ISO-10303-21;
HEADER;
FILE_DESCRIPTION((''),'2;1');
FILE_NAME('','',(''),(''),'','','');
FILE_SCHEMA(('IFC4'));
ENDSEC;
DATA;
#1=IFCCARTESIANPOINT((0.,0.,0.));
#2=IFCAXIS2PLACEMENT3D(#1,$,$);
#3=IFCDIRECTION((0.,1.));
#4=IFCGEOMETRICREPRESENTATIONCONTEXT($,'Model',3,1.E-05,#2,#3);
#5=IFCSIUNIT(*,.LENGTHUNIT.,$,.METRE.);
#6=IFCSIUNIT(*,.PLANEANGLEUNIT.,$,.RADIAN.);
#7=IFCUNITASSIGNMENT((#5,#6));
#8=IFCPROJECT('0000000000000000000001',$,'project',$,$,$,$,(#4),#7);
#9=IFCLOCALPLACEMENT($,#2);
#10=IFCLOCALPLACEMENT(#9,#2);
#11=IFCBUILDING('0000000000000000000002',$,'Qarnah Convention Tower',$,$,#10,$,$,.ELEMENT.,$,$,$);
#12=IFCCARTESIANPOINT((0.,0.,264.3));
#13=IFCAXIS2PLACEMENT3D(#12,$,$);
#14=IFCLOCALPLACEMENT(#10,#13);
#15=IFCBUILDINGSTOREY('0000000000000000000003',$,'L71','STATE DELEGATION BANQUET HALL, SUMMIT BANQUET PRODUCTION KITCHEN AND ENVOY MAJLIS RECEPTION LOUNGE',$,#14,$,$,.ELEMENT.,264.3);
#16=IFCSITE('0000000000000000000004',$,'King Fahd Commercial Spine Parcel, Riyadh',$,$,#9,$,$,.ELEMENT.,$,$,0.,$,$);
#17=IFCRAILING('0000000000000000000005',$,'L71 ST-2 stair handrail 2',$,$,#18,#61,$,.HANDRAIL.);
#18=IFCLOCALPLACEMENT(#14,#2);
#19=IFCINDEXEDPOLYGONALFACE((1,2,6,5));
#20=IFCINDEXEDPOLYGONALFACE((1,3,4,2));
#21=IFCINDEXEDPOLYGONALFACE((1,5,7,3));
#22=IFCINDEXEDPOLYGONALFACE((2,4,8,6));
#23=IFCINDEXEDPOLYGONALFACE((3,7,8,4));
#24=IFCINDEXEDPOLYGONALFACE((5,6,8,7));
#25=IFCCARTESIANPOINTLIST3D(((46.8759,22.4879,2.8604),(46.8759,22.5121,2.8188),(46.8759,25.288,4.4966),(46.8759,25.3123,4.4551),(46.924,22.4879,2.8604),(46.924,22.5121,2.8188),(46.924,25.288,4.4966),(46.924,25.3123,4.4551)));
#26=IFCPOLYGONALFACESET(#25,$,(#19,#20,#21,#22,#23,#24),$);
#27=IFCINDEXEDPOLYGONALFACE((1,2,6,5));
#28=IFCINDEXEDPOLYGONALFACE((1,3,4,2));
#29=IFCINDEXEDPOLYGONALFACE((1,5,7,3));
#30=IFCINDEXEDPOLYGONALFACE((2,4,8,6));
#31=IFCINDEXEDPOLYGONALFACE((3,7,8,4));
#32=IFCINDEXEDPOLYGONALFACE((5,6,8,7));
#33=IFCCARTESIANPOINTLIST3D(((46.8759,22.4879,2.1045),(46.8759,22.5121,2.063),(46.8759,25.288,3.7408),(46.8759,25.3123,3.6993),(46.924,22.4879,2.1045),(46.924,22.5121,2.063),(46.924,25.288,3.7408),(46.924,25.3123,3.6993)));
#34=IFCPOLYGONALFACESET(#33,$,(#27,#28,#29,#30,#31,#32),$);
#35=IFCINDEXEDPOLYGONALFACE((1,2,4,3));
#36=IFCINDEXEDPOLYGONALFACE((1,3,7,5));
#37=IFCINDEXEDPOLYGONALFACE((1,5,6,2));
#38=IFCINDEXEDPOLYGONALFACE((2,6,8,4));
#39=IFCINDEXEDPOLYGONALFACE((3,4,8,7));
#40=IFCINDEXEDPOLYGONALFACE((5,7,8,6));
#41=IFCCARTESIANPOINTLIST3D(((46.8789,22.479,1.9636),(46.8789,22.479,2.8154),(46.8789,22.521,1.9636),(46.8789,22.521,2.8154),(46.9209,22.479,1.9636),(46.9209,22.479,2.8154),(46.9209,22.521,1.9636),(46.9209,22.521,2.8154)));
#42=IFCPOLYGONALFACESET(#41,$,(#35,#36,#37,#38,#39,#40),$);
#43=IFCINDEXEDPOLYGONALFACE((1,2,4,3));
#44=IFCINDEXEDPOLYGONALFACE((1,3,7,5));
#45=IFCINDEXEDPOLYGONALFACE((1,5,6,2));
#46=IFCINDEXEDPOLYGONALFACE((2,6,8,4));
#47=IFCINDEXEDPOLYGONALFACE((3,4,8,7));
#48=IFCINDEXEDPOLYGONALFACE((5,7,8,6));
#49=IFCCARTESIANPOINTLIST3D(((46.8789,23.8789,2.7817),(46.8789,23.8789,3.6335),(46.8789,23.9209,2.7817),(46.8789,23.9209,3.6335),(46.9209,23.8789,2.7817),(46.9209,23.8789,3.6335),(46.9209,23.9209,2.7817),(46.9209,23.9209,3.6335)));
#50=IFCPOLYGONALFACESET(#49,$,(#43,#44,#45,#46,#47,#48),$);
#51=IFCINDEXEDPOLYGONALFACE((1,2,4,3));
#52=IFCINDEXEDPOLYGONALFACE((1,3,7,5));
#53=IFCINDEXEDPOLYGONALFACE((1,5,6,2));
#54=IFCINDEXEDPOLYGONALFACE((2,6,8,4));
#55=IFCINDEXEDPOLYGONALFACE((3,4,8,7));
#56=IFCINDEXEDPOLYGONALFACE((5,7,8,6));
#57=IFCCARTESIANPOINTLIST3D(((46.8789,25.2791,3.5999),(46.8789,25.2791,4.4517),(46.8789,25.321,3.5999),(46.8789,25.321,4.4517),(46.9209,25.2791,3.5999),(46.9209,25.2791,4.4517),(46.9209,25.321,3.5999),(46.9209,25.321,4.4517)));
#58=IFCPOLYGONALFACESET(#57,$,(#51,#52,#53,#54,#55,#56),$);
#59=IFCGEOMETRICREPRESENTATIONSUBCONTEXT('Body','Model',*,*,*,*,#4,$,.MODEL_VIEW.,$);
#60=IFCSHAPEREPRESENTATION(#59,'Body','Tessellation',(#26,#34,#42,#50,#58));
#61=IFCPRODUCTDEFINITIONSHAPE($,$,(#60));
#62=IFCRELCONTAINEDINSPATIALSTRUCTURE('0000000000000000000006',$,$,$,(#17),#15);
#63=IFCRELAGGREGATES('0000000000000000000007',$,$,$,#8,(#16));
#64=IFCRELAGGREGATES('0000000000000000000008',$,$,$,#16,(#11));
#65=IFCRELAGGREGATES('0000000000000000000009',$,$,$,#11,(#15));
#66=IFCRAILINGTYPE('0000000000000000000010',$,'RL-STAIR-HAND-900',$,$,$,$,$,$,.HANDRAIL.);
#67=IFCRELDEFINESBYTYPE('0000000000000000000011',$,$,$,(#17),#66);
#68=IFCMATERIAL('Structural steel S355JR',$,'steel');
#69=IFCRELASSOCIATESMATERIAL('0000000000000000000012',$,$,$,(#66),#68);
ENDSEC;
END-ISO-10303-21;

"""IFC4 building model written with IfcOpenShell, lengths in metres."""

from ifc_helpers import new_model, si_unit, direction, frame, origin, origin_2d, place, context, subcontext, project, spatial, rectangle, extrude, material, type_object, element, save


model = new_model("IFC4")

# Units and contexts
model_context = context("Model", 3, precision=1e-05, world=origin(), true_north=direction((0.0, 1.0)))
body_context = subcontext(model_context, "Body", "Model", "MODEL_VIEW")
ifc_project = project(units=[si_unit("LENGTHUNIT", "METRE"), si_unit("PLANEANGLEUNIT", "RADIAN")], contexts=[model_context])

# Site, building, storey
site_placement = place(None, origin())
site = spatial("IfcSite", under=ifc_project, at=site_placement, Name="King Fahd Commercial Spine Parcel, Riyadh", CompositionType="ELEMENT", RefElevation=0.0)
building_placement = place(site_placement, origin())
building = spatial("IfcBuilding", under=site, at=building_placement, Name="Qarnah Convention Tower", CompositionType="ELEMENT")
storey_placement = place(building_placement, frame((0.0, 0.0, 264.3)))
storey = spatial("IfcBuildingStorey", under=building, at=storey_placement, Name="L71", Description="STATE DELEGATION BANQUET HALL, SUMMIT BANQUET PRODUCTION KITCHEN AND ENVOY MAJLIS RECEPTION LOUNGE", CompositionType="ELEMENT", Elevation=264.3)

# Shared definitions
ifc_material_1 = material(Name="Structural steel S355JR", Category="steel")

# Railing
railing_type_1 = type_object("IfcRailingType", Name="RL-STAIR-HAND-900", PredefinedType="HANDRAIL", material=ifc_material_1)
railing_1_placement = place(storey_placement, frame((46.8999, 22.5, 1.9636)))
element("IfcRailing", 1, at=railing_1_placement, inside=storey, type_object=railing_type_1, Name="L71 ST-2 stair handrail 2", PredefinedType="HANDRAIL", context=body_context, shape_type="SweptSolid", body=[
    extrude(rectangle(XDim=0.0481, YDim=0.0481, at=origin_2d()), frame((0.0, 0.0, 0.876), z_axis=(0.0, 0.863394, 0.504531), x_axis=(-1.0, 0.0, 0.0)), (0.0, 0.0, 1.0), 3.2432),
    extrude(rectangle(XDim=0.0481, YDim=0.0481, at=origin_2d()), frame((0.0, 0.0, 0.1201), z_axis=(0.0, 0.863394, 0.504531), x_axis=(-1.0, 0.0, 0.0)), (0.0, 0.0, 1.0), 3.2432),
    extrude(rectangle(XDim=0.042, YDim=0.042, at=origin_2d()), origin(), (0.0, 0.0, 1.0), 0.8518),
    extrude(rectangle(XDim=0.042, YDim=0.042, at=origin_2d()), frame((0.0, 1.3999, 0.8181)), (0.0, 0.0, 1.0), 0.8518),
    extrude(rectangle(XDim=0.042, YDim=0.042, at=origin_2d()), frame((0.0, 2.8, 1.6362)), (0.0, 0.0, 1.0), 0.8518),
])

save(model, "model.ifc")
